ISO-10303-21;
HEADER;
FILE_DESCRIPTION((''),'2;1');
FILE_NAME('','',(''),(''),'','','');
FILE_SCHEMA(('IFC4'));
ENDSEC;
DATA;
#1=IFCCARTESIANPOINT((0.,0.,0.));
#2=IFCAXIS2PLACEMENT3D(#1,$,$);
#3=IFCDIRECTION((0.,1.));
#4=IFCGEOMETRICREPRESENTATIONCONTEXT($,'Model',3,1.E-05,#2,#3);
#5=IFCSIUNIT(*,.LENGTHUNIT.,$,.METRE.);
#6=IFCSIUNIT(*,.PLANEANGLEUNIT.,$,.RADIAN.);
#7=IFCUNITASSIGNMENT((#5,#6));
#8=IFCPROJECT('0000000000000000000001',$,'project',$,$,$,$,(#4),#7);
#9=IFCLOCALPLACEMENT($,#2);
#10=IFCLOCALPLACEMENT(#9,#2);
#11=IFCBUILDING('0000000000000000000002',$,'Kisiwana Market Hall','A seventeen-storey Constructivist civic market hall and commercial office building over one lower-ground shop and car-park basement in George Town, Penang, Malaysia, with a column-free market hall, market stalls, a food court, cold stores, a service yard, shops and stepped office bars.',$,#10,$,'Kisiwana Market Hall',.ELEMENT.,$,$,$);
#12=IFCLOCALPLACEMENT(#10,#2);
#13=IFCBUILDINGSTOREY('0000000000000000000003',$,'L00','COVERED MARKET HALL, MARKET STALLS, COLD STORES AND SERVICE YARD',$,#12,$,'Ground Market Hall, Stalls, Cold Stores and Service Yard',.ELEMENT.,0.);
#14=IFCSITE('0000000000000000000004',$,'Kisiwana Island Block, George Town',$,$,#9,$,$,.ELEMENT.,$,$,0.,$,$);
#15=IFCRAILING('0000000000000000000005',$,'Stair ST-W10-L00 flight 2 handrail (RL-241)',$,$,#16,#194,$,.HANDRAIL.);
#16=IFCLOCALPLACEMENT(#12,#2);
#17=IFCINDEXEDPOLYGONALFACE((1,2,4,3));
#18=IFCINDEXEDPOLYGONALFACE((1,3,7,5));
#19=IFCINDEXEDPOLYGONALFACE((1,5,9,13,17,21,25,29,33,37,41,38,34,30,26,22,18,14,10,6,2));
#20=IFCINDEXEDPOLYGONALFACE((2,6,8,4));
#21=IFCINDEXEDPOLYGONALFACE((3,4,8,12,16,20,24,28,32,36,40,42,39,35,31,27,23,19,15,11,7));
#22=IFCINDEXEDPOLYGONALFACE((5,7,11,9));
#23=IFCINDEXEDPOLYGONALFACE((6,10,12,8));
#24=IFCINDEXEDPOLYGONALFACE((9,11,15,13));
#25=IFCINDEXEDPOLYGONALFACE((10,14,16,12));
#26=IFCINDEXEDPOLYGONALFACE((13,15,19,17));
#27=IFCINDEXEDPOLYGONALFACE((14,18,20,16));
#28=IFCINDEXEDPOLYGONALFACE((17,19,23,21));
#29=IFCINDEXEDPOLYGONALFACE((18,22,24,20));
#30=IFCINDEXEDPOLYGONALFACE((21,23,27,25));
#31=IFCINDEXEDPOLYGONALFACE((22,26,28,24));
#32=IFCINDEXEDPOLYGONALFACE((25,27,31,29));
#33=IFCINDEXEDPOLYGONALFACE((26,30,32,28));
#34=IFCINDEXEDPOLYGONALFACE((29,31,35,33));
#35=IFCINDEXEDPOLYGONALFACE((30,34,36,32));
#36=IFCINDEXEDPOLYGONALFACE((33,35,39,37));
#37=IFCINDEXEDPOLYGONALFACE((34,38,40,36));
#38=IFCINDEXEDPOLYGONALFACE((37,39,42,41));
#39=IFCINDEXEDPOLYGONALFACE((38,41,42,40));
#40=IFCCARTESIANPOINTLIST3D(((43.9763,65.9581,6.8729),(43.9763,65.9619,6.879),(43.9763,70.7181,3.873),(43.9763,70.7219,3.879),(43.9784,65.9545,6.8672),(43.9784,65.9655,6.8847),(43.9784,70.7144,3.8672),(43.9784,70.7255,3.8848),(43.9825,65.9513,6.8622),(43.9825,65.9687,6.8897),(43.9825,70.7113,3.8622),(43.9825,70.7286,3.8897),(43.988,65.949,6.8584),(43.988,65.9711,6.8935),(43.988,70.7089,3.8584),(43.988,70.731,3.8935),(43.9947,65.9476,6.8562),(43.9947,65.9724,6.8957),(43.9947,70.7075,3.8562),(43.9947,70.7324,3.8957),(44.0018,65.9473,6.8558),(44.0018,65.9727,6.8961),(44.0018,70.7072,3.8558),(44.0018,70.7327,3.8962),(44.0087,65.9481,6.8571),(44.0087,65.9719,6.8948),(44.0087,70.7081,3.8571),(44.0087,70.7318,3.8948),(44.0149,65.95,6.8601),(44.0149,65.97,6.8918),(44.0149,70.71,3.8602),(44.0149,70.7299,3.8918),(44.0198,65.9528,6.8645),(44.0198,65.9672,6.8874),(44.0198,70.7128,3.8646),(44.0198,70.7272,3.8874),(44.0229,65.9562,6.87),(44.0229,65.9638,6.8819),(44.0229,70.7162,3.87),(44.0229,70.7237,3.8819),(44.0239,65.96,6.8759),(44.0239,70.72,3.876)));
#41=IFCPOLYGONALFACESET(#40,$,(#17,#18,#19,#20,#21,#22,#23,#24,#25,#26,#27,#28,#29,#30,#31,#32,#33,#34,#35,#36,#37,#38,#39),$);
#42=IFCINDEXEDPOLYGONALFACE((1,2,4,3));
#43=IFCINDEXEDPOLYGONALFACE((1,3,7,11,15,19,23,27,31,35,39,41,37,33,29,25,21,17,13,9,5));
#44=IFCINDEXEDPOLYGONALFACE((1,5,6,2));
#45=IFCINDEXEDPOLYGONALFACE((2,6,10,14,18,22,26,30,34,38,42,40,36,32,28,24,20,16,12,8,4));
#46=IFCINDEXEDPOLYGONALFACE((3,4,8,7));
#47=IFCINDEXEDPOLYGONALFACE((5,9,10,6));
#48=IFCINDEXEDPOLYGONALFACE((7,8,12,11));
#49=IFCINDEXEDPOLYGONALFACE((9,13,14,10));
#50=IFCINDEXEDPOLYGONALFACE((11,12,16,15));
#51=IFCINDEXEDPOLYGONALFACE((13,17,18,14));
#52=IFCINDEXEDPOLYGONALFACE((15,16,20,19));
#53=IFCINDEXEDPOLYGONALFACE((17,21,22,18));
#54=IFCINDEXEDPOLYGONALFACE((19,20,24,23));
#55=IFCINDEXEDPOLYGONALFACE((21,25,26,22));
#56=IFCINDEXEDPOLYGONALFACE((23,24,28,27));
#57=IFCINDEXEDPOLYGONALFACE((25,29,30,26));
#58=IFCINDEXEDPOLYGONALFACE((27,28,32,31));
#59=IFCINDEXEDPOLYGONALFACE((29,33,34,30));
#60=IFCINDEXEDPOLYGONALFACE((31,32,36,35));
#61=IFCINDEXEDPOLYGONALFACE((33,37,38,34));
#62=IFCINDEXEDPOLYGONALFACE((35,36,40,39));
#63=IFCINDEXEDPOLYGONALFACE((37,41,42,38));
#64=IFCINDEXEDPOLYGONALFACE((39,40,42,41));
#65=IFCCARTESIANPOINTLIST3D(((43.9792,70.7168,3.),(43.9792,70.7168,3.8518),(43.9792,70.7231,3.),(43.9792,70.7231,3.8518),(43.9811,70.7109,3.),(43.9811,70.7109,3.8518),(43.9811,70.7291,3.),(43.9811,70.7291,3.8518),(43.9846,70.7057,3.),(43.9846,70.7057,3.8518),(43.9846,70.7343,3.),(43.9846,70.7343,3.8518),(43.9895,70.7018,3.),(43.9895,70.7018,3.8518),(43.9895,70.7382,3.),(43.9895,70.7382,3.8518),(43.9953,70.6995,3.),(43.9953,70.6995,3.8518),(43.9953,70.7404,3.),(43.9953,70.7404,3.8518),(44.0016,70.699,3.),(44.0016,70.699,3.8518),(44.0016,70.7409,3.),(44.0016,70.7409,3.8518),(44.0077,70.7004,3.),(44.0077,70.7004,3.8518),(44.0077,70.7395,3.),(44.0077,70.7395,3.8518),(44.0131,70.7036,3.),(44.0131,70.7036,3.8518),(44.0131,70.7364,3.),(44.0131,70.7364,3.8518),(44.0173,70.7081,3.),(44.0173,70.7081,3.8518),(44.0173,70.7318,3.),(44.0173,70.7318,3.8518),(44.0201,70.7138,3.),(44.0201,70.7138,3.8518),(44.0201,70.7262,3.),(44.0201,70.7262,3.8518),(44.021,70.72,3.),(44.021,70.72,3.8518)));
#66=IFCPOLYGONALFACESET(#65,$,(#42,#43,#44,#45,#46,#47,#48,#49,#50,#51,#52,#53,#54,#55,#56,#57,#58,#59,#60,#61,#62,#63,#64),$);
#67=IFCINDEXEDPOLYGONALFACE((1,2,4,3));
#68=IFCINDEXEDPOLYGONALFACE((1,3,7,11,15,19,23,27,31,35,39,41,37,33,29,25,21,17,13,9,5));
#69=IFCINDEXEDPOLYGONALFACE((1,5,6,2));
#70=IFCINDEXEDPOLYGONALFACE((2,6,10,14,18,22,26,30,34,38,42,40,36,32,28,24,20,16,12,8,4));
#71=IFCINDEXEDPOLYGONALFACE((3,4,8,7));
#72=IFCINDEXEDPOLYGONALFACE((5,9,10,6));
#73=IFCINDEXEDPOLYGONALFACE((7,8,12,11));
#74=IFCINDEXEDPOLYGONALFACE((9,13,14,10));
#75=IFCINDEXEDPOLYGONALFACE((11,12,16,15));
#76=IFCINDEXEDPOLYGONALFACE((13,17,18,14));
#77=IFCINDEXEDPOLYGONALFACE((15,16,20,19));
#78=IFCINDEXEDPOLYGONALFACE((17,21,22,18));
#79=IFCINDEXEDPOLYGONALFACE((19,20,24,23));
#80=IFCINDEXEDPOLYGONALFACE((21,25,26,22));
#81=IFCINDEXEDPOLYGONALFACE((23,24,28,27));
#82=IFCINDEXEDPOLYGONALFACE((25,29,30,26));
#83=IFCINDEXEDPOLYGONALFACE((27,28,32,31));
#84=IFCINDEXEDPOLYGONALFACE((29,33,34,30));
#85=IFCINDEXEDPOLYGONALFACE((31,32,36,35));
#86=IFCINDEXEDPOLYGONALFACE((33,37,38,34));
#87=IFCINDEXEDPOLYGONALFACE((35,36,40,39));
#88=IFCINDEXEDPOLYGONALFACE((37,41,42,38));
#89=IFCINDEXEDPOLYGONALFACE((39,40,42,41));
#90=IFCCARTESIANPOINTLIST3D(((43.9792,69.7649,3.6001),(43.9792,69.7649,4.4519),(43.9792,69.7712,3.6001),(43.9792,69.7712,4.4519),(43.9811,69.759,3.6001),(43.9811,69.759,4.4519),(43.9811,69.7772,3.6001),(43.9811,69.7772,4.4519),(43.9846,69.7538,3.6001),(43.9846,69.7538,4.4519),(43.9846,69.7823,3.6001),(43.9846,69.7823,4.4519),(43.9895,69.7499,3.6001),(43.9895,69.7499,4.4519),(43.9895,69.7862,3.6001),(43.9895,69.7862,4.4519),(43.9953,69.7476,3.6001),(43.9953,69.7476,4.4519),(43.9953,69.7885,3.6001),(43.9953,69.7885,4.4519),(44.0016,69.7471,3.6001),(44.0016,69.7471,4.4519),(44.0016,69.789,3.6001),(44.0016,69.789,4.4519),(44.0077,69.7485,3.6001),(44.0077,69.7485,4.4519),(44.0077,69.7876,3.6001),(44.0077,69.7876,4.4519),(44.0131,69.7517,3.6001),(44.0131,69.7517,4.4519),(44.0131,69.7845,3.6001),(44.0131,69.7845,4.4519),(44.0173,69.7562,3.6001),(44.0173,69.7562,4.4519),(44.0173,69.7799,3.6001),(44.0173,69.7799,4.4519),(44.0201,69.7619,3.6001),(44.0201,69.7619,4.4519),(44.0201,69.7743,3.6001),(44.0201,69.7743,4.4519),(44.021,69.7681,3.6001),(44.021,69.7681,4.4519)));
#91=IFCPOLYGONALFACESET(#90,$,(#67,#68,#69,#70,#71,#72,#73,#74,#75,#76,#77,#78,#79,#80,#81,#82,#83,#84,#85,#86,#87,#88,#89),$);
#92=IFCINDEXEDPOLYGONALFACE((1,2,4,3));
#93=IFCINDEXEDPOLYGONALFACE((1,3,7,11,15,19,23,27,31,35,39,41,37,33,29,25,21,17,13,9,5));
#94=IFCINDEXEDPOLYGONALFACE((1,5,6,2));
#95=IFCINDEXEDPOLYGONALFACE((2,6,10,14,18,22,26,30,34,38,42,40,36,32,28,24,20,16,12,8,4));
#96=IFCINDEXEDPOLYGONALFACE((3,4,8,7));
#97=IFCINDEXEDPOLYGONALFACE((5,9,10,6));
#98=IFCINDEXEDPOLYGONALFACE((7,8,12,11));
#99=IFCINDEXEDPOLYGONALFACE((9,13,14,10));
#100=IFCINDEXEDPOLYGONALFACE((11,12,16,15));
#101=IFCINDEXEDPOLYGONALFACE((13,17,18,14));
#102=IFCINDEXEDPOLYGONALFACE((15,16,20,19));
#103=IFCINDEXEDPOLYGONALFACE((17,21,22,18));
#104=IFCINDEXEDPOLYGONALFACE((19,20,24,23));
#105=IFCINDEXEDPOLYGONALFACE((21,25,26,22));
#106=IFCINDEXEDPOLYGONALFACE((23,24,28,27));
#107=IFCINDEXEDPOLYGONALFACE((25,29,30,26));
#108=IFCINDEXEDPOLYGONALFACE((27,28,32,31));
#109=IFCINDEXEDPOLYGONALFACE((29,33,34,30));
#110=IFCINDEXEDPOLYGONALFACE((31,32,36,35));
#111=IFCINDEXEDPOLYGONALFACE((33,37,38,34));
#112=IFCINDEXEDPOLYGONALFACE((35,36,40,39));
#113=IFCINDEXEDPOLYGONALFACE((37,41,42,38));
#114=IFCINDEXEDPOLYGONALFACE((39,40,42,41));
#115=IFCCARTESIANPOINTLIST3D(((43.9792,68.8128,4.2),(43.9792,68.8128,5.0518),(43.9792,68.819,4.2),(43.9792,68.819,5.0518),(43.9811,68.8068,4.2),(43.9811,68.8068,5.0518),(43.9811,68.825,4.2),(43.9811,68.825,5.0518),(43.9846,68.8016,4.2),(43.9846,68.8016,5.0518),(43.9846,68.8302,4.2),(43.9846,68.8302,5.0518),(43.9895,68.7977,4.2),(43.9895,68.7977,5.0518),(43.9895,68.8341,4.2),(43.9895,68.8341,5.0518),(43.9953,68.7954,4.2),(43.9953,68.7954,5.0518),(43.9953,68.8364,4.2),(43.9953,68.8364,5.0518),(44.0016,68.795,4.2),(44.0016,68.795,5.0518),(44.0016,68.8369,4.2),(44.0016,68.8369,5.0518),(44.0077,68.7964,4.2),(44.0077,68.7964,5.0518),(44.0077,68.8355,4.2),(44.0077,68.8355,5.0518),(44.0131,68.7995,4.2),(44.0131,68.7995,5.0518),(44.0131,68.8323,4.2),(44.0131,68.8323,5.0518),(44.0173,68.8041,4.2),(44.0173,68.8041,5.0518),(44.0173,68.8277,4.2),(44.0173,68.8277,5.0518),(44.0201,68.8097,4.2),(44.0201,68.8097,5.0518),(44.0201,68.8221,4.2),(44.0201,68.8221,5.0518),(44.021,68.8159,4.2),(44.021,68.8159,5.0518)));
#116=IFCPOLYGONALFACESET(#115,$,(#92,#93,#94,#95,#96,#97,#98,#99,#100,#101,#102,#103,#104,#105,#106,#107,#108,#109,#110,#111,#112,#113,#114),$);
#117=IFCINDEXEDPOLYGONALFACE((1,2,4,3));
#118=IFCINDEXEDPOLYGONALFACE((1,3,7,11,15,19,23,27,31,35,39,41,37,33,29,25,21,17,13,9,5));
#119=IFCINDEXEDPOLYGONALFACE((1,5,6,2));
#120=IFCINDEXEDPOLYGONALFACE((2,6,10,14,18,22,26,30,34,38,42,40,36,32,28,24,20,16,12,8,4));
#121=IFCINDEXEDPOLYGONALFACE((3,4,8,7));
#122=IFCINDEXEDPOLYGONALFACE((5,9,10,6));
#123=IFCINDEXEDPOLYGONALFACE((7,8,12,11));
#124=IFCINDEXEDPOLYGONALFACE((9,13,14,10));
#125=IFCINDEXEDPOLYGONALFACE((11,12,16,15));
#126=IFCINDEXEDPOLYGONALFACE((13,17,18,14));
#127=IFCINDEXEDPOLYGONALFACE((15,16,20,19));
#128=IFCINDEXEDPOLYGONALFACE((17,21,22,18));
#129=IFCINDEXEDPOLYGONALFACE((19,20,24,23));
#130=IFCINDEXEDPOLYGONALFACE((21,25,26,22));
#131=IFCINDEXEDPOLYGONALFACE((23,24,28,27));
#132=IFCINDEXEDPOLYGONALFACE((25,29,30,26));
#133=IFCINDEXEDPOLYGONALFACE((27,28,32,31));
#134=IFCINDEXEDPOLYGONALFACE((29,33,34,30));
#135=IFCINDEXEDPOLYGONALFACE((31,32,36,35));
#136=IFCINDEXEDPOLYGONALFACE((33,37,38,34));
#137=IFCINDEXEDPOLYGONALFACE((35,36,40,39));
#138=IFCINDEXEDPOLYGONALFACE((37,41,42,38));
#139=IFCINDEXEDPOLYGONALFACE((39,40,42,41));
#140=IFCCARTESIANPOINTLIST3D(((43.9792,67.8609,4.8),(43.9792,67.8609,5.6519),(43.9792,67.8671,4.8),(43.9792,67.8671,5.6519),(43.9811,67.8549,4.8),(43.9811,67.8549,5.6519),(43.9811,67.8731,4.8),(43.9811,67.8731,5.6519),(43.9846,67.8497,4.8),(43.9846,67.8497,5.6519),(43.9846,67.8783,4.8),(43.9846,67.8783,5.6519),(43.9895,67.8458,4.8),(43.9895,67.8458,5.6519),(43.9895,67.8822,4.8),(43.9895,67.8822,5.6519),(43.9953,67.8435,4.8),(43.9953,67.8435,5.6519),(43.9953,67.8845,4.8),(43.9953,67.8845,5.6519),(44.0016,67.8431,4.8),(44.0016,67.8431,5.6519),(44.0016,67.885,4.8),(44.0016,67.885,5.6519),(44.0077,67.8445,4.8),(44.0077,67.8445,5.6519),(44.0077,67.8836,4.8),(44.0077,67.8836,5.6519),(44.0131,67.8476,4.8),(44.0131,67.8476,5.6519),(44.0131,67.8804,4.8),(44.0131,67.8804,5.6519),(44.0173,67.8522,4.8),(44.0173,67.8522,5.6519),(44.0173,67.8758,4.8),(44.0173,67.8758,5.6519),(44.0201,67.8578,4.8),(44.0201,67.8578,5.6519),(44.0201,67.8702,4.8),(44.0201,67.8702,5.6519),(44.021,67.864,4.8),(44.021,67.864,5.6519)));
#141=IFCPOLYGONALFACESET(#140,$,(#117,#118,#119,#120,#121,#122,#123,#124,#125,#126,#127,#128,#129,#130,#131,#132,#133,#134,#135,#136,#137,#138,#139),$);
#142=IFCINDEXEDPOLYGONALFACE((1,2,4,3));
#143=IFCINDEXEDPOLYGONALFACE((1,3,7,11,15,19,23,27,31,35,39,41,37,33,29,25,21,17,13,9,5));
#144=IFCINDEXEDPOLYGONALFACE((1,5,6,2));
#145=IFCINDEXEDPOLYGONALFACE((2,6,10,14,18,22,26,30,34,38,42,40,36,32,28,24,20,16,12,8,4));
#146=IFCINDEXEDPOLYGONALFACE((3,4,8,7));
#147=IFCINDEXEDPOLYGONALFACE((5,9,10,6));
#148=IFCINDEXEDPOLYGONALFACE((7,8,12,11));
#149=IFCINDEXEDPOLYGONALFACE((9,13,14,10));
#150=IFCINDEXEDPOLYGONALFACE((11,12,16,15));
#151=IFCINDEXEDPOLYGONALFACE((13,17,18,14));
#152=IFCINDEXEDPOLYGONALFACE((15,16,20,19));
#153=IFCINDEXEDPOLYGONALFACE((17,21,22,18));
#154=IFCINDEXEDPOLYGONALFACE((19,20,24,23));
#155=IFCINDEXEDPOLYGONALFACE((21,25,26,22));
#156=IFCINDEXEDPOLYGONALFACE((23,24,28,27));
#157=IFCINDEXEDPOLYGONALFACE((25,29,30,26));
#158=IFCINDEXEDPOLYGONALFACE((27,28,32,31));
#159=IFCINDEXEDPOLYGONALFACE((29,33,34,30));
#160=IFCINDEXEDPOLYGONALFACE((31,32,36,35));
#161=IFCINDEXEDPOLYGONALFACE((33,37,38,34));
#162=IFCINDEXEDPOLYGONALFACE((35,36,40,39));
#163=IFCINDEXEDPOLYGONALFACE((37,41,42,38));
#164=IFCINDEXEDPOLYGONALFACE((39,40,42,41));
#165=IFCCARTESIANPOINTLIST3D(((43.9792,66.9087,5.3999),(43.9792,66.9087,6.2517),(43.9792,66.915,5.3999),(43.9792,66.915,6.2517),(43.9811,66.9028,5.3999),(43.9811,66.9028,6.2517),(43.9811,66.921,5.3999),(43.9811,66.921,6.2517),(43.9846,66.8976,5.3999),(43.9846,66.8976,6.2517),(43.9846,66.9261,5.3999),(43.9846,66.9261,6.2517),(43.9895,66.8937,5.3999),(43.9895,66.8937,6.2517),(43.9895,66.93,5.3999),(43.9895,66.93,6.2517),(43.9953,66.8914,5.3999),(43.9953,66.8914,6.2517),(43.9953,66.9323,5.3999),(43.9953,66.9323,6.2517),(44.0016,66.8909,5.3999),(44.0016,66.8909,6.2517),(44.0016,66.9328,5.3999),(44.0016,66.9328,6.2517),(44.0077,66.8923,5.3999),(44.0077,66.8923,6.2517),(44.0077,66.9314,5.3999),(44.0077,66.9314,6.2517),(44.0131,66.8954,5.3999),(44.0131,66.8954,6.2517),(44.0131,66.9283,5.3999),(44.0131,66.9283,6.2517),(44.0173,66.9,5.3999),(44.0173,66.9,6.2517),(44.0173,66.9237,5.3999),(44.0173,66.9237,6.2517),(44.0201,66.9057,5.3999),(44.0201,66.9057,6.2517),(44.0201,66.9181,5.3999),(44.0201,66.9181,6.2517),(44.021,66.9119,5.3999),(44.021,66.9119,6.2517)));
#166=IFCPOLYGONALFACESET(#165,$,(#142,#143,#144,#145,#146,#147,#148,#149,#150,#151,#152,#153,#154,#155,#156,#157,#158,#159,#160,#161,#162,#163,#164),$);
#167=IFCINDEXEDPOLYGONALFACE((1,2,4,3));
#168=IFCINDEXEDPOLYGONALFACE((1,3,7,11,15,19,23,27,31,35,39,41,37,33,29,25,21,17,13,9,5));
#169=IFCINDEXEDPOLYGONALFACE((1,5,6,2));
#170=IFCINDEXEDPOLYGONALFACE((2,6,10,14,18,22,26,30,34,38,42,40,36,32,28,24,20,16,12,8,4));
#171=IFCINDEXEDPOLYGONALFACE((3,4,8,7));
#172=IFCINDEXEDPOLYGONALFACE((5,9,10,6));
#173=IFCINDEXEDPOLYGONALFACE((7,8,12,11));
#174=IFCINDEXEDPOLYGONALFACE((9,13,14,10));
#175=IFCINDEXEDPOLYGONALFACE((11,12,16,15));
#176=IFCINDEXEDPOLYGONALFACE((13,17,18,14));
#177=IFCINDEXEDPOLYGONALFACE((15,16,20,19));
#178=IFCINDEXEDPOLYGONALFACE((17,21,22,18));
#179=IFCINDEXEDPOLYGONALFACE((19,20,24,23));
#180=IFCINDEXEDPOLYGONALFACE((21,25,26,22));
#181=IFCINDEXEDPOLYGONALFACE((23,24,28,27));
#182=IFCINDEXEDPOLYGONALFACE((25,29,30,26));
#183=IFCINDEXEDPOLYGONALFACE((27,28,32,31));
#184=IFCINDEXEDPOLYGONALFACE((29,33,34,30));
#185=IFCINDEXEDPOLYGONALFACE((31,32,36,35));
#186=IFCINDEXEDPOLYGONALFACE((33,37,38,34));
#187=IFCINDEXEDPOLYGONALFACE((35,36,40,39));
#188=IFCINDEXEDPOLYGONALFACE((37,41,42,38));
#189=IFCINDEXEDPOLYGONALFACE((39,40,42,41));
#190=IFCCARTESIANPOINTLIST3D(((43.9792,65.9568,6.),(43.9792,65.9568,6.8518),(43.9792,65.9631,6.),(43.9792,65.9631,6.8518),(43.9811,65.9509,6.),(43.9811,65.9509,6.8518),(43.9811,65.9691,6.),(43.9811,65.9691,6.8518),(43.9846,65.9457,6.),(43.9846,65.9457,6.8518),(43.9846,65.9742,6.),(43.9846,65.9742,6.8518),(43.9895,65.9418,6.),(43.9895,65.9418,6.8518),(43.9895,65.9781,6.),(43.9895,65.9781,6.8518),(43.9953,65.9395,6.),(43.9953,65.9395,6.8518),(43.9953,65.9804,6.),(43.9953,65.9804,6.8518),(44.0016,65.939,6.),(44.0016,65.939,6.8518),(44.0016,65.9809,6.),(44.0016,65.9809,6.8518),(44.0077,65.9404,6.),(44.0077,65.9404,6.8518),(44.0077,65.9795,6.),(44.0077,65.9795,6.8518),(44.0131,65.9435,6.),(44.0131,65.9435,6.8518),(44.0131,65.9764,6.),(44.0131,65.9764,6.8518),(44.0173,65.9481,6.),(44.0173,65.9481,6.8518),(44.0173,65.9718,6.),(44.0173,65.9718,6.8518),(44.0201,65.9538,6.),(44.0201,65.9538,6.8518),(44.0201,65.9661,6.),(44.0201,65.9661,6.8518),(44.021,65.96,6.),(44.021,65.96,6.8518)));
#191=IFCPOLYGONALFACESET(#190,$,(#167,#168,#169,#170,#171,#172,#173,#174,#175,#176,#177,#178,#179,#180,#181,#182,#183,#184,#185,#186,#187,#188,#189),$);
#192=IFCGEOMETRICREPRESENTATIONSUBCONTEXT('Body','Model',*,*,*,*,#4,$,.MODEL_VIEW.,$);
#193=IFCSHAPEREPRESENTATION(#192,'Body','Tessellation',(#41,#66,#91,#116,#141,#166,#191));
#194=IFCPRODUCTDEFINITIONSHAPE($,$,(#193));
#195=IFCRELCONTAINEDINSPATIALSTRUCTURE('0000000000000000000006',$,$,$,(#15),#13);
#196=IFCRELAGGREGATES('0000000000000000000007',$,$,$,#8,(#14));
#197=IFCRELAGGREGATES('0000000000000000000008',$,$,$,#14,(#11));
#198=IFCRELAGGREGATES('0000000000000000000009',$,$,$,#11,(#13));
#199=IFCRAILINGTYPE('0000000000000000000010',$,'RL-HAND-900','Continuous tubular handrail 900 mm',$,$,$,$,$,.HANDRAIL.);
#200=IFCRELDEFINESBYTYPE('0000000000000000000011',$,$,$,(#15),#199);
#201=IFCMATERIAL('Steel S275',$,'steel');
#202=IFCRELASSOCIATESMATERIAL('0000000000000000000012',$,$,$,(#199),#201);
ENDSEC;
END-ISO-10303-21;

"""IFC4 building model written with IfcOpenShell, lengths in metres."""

from ifc_helpers import new_model, si_unit, direction, frame, origin, origin_2d, place, context, subcontext, project, spatial, circle, extrude, material, type_object, element, save


model = new_model("IFC4")

# Units and contexts
model_context = context("Model", 3, precision=1e-05, world=origin(), true_north=direction((0.0, 1.0)))
body_context = subcontext(model_context, "Body", "Model", "MODEL_VIEW")
ifc_project = project(units=[si_unit("LENGTHUNIT", "METRE"), si_unit("PLANEANGLEUNIT", "RADIAN")], contexts=[model_context])

# Site, building, storey
site_placement = place(None, origin())
site = spatial("IfcSite", under=ifc_project, at=site_placement, Name="Kisiwana Island Block, George Town", CompositionType="ELEMENT", RefElevation=0.0)
building_placement = place(site_placement, origin())
building = spatial("IfcBuilding", under=site, at=building_placement, Name="Kisiwana Market Hall", Description="A seventeen-storey Constructivist civic market hall and commercial office building over one lower-ground shop and car-park basement in George Town, Penang, Malaysia, with a column-free market hall, market stalls, a food court, cold stores, a service yard, shops and stepped office bars.", LongName="Kisiwana Market Hall", CompositionType="ELEMENT")
storey_placement = place(building_placement, origin())
storey = spatial("IfcBuildingStorey", under=building, at=storey_placement, Name="L00", Description="COVERED MARKET HALL, MARKET STALLS, COLD STORES AND SERVICE YARD", LongName="Ground Market Hall, Stalls, Cold Stores and Service Yard", CompositionType="ELEMENT", Elevation=0.0)

# Railing
ifc_material_1 = material(Name="Steel S275", Category="steel")
railing_type = type_object("IfcRailingType", Name="RL-HAND-900", Description="Continuous tubular handrail 900 mm", PredefinedType="HANDRAIL", material=ifc_material_1)
for number, where, name in (
    (1, (44.0, 70.72, 3.0), "Stair ST-W10-L00 flight 2 handrail (RL-241)"),
):
    element("IfcRailing", number, at=place(storey_placement, frame(where)), inside=storey, type_object=railing_type, Name=name, PredefinedType="HANDRAIL", context=body_context, shape_type="SweptSolid", body=[
        extrude(circle(Radius=0.0239, at=origin_2d()), frame((0.0, 0.0, 0.876), z_axis=(0.0, -0.845996, 0.53319), x_axis=(1.0, 0.0, 0.0)), (0.0, 0.0, 1.0), 5.6265),
        extrude(circle(Radius=0.021, at=origin_2d()), origin(), (0.0, 0.0, 1.0), 0.8518),
        extrude(circle(Radius=0.021, at=origin_2d()), frame((0.0, -0.9519, 0.6001)), (0.0, 0.0, 1.0), 0.8518),
        extrude(circle(Radius=0.021, at=origin_2d()), frame((0.0, -1.9041, 1.2)), (0.0, 0.0, 1.0), 0.8518),
        extrude(circle(Radius=0.021, at=origin_2d()), frame((0.0, -2.856, 1.8)), (0.0, 0.0, 1.0), 0.8518),
        extrude(circle(Radius=0.021, at=origin_2d()), frame((0.0, -3.8081, 2.3999)), (0.0, 0.0, 1.0), 0.8518),
        extrude(circle(Radius=0.021, at=origin_2d()), frame((0.0, -4.76, 3.0)), (0.0, 0.0, 1.0), 0.8518),
    ])

save(model, "model.ifc")
